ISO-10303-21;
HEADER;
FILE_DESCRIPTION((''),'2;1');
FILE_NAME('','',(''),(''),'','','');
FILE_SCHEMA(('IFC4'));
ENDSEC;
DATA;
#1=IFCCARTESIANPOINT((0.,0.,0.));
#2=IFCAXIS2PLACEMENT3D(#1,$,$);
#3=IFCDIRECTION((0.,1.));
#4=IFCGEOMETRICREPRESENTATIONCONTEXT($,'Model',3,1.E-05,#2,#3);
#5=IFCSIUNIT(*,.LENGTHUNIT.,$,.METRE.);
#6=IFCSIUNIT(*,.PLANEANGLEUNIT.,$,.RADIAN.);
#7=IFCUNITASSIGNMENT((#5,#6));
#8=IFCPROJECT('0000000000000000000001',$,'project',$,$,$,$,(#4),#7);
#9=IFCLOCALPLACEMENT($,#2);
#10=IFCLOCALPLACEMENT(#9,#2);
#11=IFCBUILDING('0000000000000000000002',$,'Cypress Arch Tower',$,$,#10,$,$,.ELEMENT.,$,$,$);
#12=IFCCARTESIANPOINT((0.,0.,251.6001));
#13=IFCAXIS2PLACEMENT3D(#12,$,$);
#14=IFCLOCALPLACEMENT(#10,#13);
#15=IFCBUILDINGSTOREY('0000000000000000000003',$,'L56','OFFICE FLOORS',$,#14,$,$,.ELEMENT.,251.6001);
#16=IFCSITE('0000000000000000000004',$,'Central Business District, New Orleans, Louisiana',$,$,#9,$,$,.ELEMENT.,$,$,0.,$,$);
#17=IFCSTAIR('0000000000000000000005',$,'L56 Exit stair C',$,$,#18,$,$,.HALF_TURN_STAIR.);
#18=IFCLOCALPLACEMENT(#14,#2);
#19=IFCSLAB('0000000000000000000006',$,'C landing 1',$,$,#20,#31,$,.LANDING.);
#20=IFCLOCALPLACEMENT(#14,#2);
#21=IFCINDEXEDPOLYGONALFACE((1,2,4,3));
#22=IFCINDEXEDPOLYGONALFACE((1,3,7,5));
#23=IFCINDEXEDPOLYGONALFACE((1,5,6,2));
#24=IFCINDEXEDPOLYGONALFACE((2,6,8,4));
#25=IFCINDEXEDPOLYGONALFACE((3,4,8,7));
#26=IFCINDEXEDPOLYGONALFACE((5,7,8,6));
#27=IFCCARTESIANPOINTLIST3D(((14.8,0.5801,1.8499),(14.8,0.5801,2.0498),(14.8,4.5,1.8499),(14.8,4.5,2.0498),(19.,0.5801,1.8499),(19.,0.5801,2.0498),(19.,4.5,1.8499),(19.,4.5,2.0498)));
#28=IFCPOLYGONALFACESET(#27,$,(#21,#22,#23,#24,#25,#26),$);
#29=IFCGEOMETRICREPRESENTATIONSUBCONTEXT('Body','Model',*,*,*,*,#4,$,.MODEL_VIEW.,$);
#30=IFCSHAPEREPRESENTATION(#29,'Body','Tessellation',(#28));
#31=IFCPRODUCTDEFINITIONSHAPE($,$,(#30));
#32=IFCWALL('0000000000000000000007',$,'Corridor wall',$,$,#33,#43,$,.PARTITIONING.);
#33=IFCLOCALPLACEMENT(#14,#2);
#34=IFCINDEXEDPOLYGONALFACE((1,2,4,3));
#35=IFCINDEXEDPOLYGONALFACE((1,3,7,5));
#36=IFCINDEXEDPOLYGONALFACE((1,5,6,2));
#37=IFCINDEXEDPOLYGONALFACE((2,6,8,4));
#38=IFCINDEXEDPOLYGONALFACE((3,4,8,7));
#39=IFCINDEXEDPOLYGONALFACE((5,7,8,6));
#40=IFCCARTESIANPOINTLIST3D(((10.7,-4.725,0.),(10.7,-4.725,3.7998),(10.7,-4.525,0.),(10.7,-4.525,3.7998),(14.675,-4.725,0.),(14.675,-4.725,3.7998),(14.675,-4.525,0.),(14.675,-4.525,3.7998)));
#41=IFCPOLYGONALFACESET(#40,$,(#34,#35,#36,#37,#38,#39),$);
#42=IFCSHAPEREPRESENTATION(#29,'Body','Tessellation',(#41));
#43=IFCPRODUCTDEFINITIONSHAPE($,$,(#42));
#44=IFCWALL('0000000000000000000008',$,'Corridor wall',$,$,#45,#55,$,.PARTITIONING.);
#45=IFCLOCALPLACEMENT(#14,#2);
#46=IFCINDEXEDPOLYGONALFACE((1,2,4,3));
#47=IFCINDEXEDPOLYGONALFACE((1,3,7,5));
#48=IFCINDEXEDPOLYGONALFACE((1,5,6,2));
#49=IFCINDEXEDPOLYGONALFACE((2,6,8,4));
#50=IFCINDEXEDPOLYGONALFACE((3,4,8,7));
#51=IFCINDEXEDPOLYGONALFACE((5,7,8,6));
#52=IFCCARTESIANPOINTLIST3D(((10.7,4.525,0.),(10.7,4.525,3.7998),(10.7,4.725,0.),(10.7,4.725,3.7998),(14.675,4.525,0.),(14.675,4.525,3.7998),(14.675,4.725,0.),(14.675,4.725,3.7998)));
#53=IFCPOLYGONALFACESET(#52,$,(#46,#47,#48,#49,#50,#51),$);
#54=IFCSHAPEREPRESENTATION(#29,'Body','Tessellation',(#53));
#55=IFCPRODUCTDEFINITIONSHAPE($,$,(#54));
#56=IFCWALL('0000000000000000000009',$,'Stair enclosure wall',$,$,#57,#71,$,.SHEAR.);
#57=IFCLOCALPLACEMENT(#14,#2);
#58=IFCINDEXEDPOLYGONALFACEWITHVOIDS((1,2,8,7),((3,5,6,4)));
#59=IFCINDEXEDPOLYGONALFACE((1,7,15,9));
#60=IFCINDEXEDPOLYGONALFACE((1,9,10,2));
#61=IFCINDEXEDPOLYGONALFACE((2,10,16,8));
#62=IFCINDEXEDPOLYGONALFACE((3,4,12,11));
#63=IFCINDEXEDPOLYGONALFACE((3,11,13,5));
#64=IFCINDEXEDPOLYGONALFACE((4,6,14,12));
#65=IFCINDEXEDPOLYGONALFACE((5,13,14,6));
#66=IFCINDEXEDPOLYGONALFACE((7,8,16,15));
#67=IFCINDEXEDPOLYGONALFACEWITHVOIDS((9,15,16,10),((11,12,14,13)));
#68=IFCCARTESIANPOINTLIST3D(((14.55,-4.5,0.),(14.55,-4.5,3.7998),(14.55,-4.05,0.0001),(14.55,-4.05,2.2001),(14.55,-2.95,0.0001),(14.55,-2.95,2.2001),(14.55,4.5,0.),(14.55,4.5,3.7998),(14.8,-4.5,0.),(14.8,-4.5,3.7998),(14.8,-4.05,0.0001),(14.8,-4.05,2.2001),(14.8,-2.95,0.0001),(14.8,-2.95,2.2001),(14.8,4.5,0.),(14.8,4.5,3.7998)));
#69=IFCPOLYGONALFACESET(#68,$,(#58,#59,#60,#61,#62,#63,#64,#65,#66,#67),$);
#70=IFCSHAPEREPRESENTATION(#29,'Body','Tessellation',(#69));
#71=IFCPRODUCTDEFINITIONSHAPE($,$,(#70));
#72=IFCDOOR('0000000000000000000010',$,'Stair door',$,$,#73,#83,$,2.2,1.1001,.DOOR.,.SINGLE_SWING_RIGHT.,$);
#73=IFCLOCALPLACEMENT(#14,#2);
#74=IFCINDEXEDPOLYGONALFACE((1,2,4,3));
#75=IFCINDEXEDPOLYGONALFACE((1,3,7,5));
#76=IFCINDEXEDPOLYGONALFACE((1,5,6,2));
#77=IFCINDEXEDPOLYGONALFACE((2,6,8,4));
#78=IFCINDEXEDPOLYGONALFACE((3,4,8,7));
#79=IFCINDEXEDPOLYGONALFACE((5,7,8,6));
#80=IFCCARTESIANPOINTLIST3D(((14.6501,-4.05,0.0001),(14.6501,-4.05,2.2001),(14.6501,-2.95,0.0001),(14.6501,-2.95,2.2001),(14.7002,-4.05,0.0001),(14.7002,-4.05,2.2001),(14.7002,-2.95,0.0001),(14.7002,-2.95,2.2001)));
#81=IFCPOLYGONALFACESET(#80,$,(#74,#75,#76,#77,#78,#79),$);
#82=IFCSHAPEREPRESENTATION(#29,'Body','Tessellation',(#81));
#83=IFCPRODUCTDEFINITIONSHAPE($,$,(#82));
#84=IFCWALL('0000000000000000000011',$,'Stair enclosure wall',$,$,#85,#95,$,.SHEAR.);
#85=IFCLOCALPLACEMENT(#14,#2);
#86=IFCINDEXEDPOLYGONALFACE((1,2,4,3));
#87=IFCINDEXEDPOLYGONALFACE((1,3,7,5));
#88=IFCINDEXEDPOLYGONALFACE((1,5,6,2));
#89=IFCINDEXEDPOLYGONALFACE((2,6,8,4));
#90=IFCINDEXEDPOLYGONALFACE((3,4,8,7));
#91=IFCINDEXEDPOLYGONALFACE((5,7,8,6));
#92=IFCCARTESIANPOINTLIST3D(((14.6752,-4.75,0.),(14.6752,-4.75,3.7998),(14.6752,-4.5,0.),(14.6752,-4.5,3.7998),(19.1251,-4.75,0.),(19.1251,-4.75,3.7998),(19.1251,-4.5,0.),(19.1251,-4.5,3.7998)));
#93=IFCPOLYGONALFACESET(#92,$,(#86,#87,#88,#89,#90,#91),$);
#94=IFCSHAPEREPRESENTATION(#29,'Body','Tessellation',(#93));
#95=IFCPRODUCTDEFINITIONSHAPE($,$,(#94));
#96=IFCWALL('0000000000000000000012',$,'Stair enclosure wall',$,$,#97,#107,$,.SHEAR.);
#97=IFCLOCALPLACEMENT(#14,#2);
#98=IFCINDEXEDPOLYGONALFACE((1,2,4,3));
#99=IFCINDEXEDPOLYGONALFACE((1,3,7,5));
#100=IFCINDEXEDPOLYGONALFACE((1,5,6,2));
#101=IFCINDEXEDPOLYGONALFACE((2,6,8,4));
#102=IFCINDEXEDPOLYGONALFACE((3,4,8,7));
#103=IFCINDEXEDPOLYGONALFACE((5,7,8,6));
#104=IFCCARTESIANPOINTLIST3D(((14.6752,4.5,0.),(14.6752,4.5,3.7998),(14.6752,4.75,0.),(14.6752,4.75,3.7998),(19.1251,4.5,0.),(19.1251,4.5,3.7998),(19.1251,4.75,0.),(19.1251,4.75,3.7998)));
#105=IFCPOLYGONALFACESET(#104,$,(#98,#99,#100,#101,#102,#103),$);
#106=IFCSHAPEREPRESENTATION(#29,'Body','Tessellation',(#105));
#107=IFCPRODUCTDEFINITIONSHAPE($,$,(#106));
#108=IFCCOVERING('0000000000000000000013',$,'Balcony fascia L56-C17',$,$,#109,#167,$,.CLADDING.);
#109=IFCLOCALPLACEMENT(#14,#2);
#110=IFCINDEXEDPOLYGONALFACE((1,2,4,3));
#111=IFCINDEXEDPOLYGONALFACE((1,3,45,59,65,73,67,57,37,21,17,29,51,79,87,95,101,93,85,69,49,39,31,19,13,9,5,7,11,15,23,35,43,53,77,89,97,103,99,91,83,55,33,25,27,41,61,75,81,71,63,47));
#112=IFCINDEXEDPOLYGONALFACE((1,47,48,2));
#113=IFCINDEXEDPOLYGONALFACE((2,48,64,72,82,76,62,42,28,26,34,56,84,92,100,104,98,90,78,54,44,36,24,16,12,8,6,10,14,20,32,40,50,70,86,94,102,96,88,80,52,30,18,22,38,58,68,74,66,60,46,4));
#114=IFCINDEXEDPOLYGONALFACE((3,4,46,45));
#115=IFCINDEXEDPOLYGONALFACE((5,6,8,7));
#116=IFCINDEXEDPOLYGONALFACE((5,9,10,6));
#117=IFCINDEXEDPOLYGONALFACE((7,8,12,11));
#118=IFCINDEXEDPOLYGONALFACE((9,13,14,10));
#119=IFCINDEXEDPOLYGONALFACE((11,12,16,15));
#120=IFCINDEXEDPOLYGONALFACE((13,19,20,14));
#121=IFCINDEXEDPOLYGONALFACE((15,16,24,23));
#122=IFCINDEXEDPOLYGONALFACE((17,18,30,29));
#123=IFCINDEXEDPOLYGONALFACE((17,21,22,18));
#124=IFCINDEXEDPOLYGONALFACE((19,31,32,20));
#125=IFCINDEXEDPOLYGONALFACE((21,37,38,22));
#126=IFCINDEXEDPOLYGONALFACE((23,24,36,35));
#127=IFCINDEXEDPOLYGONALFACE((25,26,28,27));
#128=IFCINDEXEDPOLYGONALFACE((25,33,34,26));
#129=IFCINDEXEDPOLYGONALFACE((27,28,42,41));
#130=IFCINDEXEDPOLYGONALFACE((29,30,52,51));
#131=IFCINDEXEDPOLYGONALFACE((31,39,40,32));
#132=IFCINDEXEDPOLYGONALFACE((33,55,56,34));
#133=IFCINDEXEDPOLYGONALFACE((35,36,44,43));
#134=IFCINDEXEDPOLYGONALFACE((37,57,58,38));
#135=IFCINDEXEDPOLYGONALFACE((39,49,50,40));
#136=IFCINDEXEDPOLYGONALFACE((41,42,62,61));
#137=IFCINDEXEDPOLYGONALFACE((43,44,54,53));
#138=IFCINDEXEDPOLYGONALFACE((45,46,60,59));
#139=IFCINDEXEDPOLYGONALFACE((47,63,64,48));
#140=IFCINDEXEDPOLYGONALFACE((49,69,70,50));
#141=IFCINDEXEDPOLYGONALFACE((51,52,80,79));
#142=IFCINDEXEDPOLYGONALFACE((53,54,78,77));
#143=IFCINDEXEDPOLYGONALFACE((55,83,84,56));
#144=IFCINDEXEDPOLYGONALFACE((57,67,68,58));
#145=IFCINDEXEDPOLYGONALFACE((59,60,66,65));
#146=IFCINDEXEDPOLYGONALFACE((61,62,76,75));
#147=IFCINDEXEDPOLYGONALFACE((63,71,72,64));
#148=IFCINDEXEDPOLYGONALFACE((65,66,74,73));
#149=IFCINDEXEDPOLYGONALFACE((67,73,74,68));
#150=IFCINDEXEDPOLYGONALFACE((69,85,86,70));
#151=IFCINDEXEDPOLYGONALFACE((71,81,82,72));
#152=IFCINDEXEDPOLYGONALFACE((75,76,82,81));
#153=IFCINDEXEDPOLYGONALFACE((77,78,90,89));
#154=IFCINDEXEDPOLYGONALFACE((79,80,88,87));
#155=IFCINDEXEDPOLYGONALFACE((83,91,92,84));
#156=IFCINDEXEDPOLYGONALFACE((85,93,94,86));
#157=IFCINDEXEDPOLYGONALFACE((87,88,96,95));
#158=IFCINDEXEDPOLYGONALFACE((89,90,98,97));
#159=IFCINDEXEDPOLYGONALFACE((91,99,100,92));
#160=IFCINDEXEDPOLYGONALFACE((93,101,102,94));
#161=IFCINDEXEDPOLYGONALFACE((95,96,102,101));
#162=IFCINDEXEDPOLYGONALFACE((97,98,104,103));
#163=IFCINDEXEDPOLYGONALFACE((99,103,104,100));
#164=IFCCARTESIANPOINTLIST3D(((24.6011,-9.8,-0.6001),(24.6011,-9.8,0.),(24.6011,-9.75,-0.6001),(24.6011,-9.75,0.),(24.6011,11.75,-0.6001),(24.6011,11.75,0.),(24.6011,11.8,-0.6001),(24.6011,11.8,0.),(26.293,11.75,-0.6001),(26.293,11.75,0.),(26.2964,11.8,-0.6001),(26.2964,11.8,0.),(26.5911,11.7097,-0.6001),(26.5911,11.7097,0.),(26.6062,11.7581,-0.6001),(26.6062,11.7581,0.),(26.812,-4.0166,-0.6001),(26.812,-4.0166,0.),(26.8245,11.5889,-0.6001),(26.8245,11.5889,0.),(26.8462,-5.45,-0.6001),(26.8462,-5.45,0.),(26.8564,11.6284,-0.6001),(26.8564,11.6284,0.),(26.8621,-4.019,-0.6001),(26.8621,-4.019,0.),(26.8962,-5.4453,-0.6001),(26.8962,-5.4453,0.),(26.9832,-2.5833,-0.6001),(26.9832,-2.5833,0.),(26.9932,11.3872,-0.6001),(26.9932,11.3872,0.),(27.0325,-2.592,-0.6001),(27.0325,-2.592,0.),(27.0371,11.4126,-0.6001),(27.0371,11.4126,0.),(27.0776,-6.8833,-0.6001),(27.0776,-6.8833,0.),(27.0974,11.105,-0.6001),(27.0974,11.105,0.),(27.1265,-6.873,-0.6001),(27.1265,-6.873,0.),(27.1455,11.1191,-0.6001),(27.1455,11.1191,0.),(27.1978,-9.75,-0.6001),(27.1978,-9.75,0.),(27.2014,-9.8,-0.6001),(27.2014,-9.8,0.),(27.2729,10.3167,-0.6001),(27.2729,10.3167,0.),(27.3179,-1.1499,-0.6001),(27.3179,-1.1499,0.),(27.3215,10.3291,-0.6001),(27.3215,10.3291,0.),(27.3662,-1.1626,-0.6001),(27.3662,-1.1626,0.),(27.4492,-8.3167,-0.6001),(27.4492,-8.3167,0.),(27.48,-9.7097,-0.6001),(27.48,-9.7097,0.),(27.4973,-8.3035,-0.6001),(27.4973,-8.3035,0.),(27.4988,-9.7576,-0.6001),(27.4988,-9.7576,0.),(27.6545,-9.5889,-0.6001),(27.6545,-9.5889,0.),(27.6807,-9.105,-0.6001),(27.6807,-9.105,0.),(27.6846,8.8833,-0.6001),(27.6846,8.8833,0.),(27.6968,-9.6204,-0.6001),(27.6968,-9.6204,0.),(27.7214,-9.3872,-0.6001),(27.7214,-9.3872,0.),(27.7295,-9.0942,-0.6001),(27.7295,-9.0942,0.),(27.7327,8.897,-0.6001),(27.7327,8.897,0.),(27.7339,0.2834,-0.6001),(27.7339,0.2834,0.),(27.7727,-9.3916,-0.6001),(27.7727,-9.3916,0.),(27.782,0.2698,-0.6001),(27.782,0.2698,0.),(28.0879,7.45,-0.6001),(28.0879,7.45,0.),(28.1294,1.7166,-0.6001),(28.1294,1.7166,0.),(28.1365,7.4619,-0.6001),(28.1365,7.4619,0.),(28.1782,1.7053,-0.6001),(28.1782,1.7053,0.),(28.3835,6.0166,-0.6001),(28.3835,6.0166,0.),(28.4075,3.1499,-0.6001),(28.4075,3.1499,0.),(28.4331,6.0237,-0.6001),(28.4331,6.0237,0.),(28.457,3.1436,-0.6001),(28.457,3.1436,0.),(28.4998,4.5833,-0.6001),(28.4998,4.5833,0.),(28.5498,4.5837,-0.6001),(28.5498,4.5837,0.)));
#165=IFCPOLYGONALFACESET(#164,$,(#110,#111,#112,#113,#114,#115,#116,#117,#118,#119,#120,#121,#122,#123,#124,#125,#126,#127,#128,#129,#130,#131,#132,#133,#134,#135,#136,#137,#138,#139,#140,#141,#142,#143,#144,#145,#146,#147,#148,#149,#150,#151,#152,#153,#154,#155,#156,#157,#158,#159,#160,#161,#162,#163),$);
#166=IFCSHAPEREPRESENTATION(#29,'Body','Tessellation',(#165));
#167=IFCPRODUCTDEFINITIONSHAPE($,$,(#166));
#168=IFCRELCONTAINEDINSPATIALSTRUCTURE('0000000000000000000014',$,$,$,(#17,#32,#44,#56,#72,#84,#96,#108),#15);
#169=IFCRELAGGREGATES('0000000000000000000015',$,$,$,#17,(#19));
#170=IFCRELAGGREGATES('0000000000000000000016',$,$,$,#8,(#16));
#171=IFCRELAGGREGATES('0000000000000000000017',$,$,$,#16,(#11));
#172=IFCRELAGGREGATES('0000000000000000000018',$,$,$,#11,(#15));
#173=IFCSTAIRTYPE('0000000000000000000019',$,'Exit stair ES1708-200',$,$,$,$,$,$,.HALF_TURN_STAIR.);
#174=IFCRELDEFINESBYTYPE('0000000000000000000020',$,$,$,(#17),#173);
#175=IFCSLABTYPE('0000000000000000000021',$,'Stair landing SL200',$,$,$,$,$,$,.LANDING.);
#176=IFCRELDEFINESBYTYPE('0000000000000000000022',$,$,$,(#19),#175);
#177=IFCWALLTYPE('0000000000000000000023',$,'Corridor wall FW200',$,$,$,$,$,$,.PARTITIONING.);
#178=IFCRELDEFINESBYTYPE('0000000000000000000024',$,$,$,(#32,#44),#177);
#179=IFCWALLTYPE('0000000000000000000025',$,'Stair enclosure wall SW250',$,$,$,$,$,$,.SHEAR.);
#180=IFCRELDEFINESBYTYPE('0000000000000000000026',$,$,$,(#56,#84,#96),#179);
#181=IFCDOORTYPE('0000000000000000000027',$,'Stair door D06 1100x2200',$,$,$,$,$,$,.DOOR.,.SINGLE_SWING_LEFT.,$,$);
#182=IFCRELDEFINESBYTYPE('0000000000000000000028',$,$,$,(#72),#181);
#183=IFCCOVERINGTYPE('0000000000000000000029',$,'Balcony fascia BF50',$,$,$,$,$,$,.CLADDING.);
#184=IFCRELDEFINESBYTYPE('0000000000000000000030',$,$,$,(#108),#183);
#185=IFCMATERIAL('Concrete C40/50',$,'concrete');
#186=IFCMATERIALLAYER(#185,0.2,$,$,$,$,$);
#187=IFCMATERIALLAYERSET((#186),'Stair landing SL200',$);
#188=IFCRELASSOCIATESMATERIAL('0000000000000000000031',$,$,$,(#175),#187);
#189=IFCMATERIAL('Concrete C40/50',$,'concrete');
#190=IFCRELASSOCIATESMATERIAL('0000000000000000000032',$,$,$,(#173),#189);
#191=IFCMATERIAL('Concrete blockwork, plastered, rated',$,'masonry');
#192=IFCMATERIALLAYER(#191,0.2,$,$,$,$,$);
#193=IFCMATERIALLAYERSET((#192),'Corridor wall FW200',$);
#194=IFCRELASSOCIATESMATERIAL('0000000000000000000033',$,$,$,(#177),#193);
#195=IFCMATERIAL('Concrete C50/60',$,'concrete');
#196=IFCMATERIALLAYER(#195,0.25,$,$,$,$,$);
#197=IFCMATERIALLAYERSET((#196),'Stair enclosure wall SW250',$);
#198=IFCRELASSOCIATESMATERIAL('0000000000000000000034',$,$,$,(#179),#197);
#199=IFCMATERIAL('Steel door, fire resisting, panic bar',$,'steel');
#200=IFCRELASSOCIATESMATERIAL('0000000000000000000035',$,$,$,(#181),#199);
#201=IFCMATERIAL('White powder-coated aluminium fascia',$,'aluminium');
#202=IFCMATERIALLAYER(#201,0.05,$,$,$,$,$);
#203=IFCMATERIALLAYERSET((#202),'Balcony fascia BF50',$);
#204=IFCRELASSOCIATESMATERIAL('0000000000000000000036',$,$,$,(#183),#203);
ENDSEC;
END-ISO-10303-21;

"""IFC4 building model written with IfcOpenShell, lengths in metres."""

from ifc_helpers import new_model, si_unit, direction, frame, frame_2d, origin, place, context, subcontext, project, spatial, polyline, rectangle, outline, extrude, material, layer, layer_set, type_object, element, fill, aggregate, save


model = new_model("IFC4")

# Units and contexts
model_context = context("Model", 3, precision=1e-05, world=origin(), true_north=direction((0.0, 1.0)))
body_context = subcontext(model_context, "Body", "Model", "MODEL_VIEW")
ifc_project = project(units=[si_unit("LENGTHUNIT", "METRE"), si_unit("PLANEANGLEUNIT", "RADIAN")], contexts=[model_context])

# Site, building, storey
site_placement = place(None, origin())
site = spatial("IfcSite", under=ifc_project, at=site_placement, Name="Central Business District, New Orleans, Louisiana", CompositionType="ELEMENT", RefElevation=0.0)
building_placement = place(site_placement, origin())
building = spatial("IfcBuilding", under=site, at=building_placement, Name="Cypress Arch Tower", CompositionType="ELEMENT")
storey_placement = place(building_placement, frame((0.0, 0.0, 251.6001)))
storey = spatial("IfcBuildingStorey", under=building, at=storey_placement, Name="L56", Description="OFFICE FLOORS", CompositionType="ELEMENT", Elevation=251.6001)

# Stair, slab
ifc_material_1 = material(Name="Concrete C40/50", Category="concrete")
ifc_layer_1 = layer(ifc_material_1, 0.2)
ifc_layer_set_1 = layer_set([ifc_layer_1], Name="Stair landing SL200")
slab_type_1 = type_object("IfcSlabType", Name="Stair landing SL200", PredefinedType="LANDING", material=ifc_layer_set_1)
ifc_material_2 = material(Name="Concrete C40/50", Category="concrete")
stair_type_1 = type_object("IfcStairType", Name="Exit stair ES1708-200", PredefinedType="HALF_TURN_STAIR", material=ifc_material_2)
stair_1_placement = place(storey_placement, origin())
stair_1 = element("IfcStair", 1, at=stair_1_placement, inside=storey, type_object=stair_type_1, Name="L56 Exit stair C", PredefinedType="HALF_TURN_STAIR")
slab_1_placement = place(storey_placement, frame((0.0, 0.0, 1.8499)))
slab_1 = element("IfcSlab", 2, at=slab_1_placement, type_object=slab_type_1, Name="C landing 1", PredefinedType="LANDING", context=body_context, shape_type="SweptSolid", body=[
    extrude(outline(polyline([(19.0, 0.5801), (19.0, 4.5), (14.8, 4.5), (14.8, 0.5801), (19.0, 0.5801)])), origin(), (0.0, 0.0, 1.0), 0.2),
])
aggregate(stair_1, [slab_1])

# Walls
ifc_material_3 = material(Name="Concrete blockwork, plastered, rated", Category="masonry")
ifc_layer_2 = layer(ifc_material_3, 0.2)
ifc_layer_set_2 = layer_set([ifc_layer_2], Name="Corridor wall FW200")
wall_type_1 = type_object("IfcWallType", Name="Corridor wall FW200", PredefinedType="PARTITIONING", material=ifc_layer_set_2)
for number, where, z_axis, x_axis, name in (
    (3, (10.7, -4.625, 0.0), (0.0, 0.0, 1.0), (1.0, 0.0, 0.0), "Corridor wall"),
    (4, (10.7, 4.625, 0.0), (0.0, 0.0, 1.0), (1.0, 0.0, 0.0), "Corridor wall"),
):
    element("IfcWall", number, at=place(storey_placement, frame(where, z_axis=z_axis, x_axis=x_axis)), inside=storey, type_object=wall_type_1, Name=name, PredefinedType="PARTITIONING", context=body_context, shape_type="SweptSolid", body=[
        extrude(rectangle(XDim=3.9751, YDim=0.2, at=frame_2d((1.9875, 0.0))), origin(), (0.0, 0.0, 1.0), 3.7998),
    ])

# Wall, opening, door
ifc_material_4 = material(Name="Concrete C50/60", Category="concrete")
ifc_layer_3 = layer(ifc_material_4, 0.25)
ifc_layer_set_3 = layer_set([ifc_layer_3], Name="Stair enclosure wall SW250")
wall_type_2 = type_object("IfcWallType", Name="Stair enclosure wall SW250", PredefinedType="SHEAR", material=ifc_layer_set_3)
wall_placement = place(storey_placement, frame((14.675, -4.5, 0.0), z_axis=(0.0, 0.0, 1.0), x_axis=(0.0, 1.0, 0.0)))
wall = element("IfcWall", 5, at=wall_placement, inside=storey, type_object=wall_type_2, Name="Stair enclosure wall", PredefinedType="SHEAR", context=body_context, shape_type="SweptSolid", body=[
    extrude(rectangle(XDim=9.0, YDim=0.25, at=frame_2d((4.5, 0.0))), origin(), (0.0, 0.0, 1.0), 3.7998),
])
opening_placement = place(wall_placement, frame((0.45, 0.0, 0.0)))
opening = element("IfcOpeningElement", 6, at=opening_placement, cuts=wall, PredefinedType="OPENING", context=body_context, shape_type="SweptSolid", body=[
    extrude(rectangle(XDim=1.1001, YDim=2.2, at=frame_2d((0.55, 1.1001))), frame((0.0, 0.135, 0.0), z_axis=(0.0, -1.0, 0.0), x_axis=(1.0, 0.0, 0.0)), (0.0, 0.0, 1.0), 0.27),
])
ifc_material_5 = material(Name="Steel door, fire resisting, panic bar", Category="steel")
door_type = type_object("IfcDoorType", Name="Stair door D06 1100x2200", OperationType="SINGLE_SWING_LEFT", PredefinedType="DOOR", material=ifc_material_5)
door_placement = place(opening_placement, origin())
door = element("IfcDoor", 7, at=door_placement, inside=storey, type_object=door_type, Name="Stair door", OperationType="SINGLE_SWING_RIGHT", OverallHeight=2.2, OverallWidth=1.1001, PredefinedType="DOOR", context=body_context, shape_type="SweptSolid", body=[
    extrude(rectangle(XDim=1.1001, YDim=2.2, at=frame_2d((0.55, 1.1001))), frame((0.0, 0.0249, 0.0), z_axis=(0.0, -1.0, 0.0), x_axis=(1.0, 0.0, 0.0)), (0.0, 0.0, 1.0), 0.05),
])
fill(opening, door)

# Walls
for number, where, z_axis, x_axis, name in (
    (8, (14.675, -4.625, 0.0), (0.0, 0.0, 1.0), (1.0, 0.0, 0.0), "Stair enclosure wall"),
    (9, (14.675, 4.625, 0.0), (0.0, 0.0, 1.0), (1.0, 0.0, 0.0), "Stair enclosure wall"),
):
    element("IfcWall", number, at=place(storey_placement, frame(where, z_axis=z_axis, x_axis=x_axis)), inside=storey, type_object=wall_type_2, Name=name, PredefinedType="SHEAR", context=body_context, shape_type="SweptSolid", body=[
        extrude(rectangle(XDim=4.45, YDim=0.25, at=frame_2d((2.2251, 0.0))), origin(), (0.0, 0.0, 1.0), 3.7998),
    ])

# Covering
ifc_material_6 = material(Name="White powder-coated aluminium fascia", Category="aluminium")
ifc_layer_4 = layer(ifc_material_6, 0.05)
ifc_layer_set_4 = layer_set([ifc_layer_4], Name="Balcony fascia BF50")
covering_type_1 = type_object("IfcCoveringType", Name="Balcony fascia BF50", PredefinedType="CLADDING", material=ifc_layer_set_4)
covering_1_placement = place(storey_placement, frame((0.0, 0.0, -0.6001)))
element("IfcCovering", 10, at=covering_1_placement, inside=storey, type_object=covering_type_1, Name="Balcony fascia L56-C17", PredefinedType="CLADDING", context=body_context, shape_type="SweptSolid", body=[
    extrude(outline(polyline([(26.2964, 11.8), (26.6062, 11.7581), (26.8564, 11.6284), (27.0371, 11.4126), (27.1455, 11.1191), (27.3215, 10.3291), (27.7327, 8.897), (28.1365, 7.4619), (28.4331, 6.0237), (28.5498, 4.5837), (28.457, 3.1436), (28.1782, 1.7053), (27.782, 0.2698), (27.3662, -1.1626), (27.0325, -2.592), (26.8621, -4.019), (26.8962, -5.4453), (27.1265, -6.873), (27.4973, -8.3035), (27.7295, -9.0942), (27.7727, -9.3916), (27.6968, -9.6204), (27.4988, -9.7576), (27.2014, -9.8), (24.6011, -9.8), (24.6011, -9.75), (27.1978, -9.75), (27.48, -9.7097), (27.6545, -9.5889), (27.7214, -9.3872), (27.6807, -9.105), (27.4492, -8.3167), (27.0776, -6.8833), (26.8462, -5.45), (26.812, -4.0166), (26.9832, -2.5833), (27.3179, -1.1499), (27.7339, 0.2834), (28.1294, 1.7166), (28.4075, 3.1499), (28.4998, 4.5833), (28.3835, 6.0166), (28.0879, 7.45), (27.6846, 8.8833), (27.2729, 10.3167), (27.0974, 11.105), (26.9932, 11.3872), (26.8245, 11.5889), (26.5911, 11.7097), (26.293, 11.75), (24.6011, 11.75), (24.6011, 11.8), (26.2964, 11.8)])), origin(), (0.0, 0.0, 1.0), 0.6001),
])

save(model, "model.ifc")
